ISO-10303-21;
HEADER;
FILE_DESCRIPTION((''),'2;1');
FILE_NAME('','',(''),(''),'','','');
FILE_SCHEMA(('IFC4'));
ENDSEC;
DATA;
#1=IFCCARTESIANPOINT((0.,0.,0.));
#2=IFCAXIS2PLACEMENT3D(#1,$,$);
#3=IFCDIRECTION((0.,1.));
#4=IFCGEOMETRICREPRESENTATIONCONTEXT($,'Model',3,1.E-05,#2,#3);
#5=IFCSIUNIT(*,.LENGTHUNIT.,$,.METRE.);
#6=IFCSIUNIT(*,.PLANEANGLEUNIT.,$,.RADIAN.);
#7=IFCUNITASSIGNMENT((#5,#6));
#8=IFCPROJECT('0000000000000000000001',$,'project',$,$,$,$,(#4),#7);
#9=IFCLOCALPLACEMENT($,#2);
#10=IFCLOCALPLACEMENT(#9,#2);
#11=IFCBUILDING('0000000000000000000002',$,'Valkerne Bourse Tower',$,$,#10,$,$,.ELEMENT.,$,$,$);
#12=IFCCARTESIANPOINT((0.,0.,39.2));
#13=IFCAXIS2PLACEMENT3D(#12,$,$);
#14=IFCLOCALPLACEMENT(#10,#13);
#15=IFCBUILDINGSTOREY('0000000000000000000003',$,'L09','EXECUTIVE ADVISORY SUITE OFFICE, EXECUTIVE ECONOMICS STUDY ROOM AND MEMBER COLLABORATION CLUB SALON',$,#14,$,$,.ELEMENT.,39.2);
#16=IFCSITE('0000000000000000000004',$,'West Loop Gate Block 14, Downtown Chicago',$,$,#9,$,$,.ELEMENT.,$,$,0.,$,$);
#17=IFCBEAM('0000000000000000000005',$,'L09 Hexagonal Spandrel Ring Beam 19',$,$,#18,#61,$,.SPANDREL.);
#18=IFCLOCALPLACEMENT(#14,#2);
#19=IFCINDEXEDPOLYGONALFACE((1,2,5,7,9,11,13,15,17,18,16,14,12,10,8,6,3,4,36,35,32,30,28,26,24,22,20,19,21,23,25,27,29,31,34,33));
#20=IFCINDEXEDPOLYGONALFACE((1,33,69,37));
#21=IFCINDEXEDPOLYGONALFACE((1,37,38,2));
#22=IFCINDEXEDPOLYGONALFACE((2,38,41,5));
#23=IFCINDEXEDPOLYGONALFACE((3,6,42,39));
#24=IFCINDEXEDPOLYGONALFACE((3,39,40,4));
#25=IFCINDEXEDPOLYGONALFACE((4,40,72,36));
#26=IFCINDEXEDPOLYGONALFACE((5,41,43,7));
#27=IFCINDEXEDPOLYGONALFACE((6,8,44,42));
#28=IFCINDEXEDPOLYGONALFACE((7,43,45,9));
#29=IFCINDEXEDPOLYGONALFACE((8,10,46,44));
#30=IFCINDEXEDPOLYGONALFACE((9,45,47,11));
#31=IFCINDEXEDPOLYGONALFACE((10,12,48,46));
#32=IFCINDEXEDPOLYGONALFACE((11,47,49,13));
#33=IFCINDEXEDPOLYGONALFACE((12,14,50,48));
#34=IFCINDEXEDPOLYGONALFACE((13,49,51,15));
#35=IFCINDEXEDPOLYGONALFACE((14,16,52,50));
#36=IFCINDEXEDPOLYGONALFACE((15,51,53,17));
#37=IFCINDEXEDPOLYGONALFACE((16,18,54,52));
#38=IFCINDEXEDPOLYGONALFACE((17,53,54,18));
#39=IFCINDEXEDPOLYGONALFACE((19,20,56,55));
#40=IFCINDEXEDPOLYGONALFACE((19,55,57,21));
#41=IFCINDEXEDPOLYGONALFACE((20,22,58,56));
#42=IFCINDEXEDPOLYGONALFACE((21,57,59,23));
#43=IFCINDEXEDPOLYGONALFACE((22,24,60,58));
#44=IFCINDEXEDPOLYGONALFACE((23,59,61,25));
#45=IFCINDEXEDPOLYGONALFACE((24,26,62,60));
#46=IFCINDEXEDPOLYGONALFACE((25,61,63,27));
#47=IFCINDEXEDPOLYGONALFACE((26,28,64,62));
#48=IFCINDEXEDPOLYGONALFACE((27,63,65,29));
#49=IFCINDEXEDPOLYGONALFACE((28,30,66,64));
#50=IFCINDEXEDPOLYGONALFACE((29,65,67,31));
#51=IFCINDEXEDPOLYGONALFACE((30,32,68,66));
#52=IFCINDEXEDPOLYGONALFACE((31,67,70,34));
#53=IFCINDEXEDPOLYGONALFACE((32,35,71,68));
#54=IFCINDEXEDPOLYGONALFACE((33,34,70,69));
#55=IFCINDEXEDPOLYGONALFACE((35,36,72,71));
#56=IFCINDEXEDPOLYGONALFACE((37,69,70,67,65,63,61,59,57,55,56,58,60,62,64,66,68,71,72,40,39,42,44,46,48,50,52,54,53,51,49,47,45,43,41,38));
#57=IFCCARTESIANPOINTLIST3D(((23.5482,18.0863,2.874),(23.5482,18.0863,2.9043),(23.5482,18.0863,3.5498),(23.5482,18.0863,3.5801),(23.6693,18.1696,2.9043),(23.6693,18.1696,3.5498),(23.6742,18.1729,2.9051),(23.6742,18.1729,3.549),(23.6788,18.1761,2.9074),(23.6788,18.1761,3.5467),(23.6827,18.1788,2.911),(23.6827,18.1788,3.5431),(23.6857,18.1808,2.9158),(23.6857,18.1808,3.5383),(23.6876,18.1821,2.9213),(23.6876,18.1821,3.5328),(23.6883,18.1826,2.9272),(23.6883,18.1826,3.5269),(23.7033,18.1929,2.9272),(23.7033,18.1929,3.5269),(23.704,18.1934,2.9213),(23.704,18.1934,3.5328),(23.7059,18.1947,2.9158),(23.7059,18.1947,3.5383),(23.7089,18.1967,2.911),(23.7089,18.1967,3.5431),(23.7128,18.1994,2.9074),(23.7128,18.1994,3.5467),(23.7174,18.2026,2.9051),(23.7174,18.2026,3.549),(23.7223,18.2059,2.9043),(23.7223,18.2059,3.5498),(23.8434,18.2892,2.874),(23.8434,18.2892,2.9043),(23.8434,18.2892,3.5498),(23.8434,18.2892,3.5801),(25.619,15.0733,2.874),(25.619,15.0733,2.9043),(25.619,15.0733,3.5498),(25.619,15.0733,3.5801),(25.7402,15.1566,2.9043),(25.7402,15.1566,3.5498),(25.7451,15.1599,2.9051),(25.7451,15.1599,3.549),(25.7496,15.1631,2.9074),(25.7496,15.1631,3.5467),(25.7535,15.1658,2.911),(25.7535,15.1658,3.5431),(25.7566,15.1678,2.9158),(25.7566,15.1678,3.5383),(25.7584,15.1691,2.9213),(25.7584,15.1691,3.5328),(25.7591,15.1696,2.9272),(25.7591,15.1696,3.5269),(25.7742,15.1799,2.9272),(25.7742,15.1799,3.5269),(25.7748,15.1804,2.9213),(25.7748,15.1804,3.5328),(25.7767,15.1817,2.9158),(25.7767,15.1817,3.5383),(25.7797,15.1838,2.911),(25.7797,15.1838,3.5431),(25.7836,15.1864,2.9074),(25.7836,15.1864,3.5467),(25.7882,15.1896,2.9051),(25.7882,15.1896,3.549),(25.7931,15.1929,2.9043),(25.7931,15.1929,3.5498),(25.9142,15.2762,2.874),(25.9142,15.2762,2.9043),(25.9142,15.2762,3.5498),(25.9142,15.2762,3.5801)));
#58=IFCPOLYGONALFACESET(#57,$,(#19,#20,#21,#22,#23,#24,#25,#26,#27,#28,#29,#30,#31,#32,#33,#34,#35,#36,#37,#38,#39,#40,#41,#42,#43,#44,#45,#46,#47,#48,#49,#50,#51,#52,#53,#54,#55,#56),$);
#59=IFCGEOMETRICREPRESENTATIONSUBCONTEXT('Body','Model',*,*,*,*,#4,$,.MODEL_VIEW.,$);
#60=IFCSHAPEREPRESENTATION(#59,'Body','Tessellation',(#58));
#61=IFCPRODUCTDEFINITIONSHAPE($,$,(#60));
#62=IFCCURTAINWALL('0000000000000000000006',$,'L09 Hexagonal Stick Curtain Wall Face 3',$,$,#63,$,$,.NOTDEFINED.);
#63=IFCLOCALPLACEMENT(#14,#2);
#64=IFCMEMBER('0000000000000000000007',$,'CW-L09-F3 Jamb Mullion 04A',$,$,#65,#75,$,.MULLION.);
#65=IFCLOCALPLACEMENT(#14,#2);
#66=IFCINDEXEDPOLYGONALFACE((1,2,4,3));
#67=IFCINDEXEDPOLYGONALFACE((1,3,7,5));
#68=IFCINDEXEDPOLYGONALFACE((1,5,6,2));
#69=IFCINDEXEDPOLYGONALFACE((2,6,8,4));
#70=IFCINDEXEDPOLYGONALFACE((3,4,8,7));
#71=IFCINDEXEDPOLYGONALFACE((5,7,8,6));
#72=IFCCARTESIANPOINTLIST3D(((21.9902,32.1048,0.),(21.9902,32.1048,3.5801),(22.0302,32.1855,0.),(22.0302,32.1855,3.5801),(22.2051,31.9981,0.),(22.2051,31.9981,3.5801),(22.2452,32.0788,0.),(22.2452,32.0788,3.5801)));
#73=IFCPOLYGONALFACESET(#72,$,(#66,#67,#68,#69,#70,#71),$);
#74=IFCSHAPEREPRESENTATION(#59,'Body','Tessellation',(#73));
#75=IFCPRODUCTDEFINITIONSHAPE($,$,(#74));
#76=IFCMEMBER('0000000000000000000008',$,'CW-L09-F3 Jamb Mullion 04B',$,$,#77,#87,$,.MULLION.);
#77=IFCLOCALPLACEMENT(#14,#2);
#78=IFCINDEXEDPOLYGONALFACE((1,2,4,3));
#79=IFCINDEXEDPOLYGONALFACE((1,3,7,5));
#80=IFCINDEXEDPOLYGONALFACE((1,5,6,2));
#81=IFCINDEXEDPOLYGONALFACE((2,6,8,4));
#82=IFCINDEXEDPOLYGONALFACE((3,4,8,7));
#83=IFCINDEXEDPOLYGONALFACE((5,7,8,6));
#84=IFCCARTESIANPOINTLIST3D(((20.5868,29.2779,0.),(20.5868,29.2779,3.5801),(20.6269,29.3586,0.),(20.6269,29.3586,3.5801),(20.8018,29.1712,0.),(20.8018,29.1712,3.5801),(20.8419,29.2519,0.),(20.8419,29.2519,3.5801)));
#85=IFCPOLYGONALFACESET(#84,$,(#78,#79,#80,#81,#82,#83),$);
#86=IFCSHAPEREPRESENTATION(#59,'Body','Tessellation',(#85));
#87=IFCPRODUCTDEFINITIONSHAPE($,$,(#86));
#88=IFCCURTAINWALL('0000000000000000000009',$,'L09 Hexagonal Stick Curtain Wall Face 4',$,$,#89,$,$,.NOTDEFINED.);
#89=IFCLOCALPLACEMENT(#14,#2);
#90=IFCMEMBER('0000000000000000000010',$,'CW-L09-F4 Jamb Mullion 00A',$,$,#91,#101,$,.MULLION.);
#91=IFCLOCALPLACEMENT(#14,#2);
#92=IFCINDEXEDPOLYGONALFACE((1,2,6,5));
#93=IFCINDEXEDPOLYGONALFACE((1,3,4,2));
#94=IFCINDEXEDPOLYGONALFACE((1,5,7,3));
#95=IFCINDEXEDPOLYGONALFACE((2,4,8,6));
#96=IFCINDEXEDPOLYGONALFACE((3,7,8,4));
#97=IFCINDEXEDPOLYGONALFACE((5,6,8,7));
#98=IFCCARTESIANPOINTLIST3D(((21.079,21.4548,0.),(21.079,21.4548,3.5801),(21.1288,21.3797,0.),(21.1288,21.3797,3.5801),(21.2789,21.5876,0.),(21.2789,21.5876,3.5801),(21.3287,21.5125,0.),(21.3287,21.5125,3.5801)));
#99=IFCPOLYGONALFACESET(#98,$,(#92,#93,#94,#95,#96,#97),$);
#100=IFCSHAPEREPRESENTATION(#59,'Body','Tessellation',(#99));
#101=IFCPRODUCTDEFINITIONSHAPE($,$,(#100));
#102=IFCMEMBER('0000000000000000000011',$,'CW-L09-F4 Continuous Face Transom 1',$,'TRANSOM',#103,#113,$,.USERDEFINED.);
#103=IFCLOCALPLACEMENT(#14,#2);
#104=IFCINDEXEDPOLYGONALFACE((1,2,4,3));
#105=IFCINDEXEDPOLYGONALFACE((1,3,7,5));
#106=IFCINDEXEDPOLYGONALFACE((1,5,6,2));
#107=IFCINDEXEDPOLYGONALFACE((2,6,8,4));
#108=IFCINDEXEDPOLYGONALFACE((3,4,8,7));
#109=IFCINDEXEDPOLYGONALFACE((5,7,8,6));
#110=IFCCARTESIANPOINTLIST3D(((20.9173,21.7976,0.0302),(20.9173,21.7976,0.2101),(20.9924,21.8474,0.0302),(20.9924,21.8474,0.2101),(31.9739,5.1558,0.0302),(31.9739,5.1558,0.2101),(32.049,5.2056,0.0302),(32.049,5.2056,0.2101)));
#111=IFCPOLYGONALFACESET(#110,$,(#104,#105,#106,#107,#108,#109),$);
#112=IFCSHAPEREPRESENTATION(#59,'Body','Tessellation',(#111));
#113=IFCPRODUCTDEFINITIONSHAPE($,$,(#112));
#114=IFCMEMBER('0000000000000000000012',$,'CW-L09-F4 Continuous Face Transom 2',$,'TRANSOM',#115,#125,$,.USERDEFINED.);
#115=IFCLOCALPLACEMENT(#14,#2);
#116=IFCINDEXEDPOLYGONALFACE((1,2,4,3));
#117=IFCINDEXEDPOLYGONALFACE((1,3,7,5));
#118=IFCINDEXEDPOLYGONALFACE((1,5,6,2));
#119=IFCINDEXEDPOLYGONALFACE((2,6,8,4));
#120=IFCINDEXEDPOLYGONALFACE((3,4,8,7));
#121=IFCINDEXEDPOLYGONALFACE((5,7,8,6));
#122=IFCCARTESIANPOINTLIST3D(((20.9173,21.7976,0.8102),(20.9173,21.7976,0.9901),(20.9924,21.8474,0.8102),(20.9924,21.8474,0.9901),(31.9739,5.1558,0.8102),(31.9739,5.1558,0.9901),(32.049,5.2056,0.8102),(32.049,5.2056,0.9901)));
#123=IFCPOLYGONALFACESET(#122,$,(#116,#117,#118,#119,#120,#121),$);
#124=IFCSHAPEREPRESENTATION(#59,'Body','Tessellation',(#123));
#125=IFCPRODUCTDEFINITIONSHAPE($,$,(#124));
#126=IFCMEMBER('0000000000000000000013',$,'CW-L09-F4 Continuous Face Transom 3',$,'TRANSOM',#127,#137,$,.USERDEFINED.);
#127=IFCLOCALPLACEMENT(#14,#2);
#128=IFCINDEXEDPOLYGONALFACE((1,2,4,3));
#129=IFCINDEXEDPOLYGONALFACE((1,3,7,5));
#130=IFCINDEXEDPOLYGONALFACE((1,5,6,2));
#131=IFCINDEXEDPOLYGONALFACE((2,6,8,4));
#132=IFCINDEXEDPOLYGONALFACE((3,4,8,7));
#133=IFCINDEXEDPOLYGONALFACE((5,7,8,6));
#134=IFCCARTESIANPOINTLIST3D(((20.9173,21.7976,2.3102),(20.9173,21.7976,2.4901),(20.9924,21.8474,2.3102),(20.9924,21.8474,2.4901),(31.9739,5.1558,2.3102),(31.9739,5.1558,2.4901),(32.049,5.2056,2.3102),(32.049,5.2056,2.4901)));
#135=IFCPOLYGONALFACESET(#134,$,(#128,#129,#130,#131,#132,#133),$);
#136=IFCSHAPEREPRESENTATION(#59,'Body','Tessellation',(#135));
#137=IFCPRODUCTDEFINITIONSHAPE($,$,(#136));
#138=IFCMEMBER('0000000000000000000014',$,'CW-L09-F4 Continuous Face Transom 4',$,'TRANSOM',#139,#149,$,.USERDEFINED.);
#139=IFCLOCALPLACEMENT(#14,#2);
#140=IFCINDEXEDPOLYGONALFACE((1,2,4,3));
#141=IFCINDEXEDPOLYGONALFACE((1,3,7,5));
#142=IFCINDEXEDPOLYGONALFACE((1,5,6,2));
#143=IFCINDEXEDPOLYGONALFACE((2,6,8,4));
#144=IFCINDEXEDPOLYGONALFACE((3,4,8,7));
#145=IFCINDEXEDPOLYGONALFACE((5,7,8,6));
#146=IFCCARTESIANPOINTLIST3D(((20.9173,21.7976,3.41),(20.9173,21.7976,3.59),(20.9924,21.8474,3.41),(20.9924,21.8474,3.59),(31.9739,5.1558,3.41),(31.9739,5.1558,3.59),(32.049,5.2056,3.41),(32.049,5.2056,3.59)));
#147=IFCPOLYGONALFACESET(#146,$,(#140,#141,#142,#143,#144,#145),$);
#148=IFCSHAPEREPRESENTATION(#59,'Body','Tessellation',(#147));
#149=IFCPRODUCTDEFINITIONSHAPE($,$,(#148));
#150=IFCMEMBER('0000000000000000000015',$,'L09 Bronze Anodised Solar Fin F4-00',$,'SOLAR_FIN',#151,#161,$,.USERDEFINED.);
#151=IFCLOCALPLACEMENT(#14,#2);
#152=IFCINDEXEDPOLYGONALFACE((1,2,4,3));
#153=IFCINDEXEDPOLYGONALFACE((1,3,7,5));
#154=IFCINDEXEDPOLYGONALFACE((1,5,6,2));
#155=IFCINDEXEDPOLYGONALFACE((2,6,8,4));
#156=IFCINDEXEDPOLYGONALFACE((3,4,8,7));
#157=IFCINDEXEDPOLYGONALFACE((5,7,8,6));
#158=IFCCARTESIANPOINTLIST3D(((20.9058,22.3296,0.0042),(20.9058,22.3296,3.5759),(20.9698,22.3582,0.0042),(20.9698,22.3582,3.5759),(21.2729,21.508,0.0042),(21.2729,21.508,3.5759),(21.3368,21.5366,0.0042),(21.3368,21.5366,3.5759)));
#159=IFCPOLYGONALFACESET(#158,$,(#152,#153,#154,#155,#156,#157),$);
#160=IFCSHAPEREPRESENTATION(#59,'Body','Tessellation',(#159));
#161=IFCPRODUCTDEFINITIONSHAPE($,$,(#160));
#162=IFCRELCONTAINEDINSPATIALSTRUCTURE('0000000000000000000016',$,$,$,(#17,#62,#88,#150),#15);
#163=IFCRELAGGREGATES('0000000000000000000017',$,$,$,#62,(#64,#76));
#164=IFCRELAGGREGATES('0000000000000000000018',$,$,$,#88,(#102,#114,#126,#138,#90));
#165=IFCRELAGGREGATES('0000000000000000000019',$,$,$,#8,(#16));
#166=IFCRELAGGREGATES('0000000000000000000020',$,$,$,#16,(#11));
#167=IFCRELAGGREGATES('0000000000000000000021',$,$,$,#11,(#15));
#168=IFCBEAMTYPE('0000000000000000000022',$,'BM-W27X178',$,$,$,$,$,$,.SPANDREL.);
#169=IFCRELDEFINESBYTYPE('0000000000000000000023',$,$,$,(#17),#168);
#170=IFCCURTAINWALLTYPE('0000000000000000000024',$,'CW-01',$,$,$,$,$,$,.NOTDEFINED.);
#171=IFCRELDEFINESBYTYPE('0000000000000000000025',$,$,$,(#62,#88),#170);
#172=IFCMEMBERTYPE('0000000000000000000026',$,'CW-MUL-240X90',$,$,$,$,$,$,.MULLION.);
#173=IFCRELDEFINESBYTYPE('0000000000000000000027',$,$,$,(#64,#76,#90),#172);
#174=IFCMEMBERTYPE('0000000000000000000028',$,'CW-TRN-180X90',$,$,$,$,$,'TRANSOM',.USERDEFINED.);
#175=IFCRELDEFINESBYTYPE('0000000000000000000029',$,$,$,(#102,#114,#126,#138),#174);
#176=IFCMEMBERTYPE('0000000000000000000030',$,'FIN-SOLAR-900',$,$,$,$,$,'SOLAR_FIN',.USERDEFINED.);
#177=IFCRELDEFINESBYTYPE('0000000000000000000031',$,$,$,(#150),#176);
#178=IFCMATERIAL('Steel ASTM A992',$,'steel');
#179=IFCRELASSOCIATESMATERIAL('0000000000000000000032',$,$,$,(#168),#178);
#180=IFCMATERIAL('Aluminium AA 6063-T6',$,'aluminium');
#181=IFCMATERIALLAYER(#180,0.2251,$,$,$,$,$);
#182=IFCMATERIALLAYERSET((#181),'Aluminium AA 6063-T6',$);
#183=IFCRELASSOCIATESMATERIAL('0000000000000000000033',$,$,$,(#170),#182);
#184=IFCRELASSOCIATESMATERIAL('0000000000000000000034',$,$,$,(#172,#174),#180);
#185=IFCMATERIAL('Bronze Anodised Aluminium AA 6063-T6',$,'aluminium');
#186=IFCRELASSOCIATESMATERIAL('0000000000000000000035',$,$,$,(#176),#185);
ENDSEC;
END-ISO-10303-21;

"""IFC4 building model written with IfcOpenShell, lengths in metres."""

from ifc_helpers import new_model, si_unit, direction, frame, origin, origin_2d, place, context, subcontext, project, spatial, rectangle, i_section, extrude, material, layer, layer_set, material_profile, profile_set, type_object, element, aggregate, save


model = new_model("IFC4")

# Units and contexts
model_context = context("Model", 3, precision=1e-05, world=origin(), true_north=direction((0.0, 1.0)))
body_context = subcontext(model_context, "Body", "Model", "MODEL_VIEW")
ifc_project = project(units=[si_unit("LENGTHUNIT", "METRE"), si_unit("PLANEANGLEUNIT", "RADIAN")], contexts=[model_context])

# Site, building, storey
site_placement = place(None, origin())
site = spatial("IfcSite", under=ifc_project, at=site_placement, Name="West Loop Gate Block 14, Downtown Chicago", CompositionType="ELEMENT", RefElevation=0.0)
building_placement = place(site_placement, origin())
building = spatial("IfcBuilding", under=site, at=building_placement, Name="Valkerne Bourse Tower", CompositionType="ELEMENT")
storey_placement = place(building_placement, frame((0.0, 0.0, 39.2)))
storey = spatial("IfcBuildingStorey", under=building, at=storey_placement, Name="L09", Description="EXECUTIVE ADVISORY SUITE OFFICE, EXECUTIVE ECONOMICS STUDY ROOM AND MEMBER COLLABORATION CLUB SALON", CompositionType="ELEMENT", Elevation=39.2)

# Beam
ifc_material_1 = material(Name="Steel ASTM A992", Category="steel")
ifc_material_profile_1 = material_profile(ifc_material_1, i_section(OverallWidth=0.3582, OverallDepth=0.7061, WebThickness=0.0183, FlangeThickness=0.0303, FilletRadius=0.0229, at=origin_2d()), Name="W27X178")
ifc_profile_set_1 = profile_set([ifc_material_profile_1], Name="Steel ASTM A992")
beam_type_1 = type_object("IfcBeamType", Name="BM-W27X178", PredefinedType="SPANDREL", material=ifc_profile_set_1)
for number, where, z_axis, x_axis, name in (
    (1, (23.6958, 18.1877, 3.2271), (0.566418, -0.824118, 0.0), (0.824118, 0.566418, 0.0), "L09 Hexagonal Spandrel Ring Beam 19"),
):
    element("IfcBeam", number, at=place(storey_placement, frame(where, z_axis=z_axis, x_axis=x_axis)), inside=storey, type_object=beam_type_1, Name=name, PredefinedType="SPANDREL", context=body_context, shape_type="SweptSolid", body=[
        extrude(i_section(OverallWidth=0.3582, OverallDepth=0.7061, WebThickness=0.0183, FlangeThickness=0.0303, FilletRadius=0.0229, at=origin_2d()), origin(), (0.0, 0.0, 1.0), 3.656),
    ])

# Curtain walls, members
ifc_material_2 = material(Name="Aluminium AA 6063-T6", Category="aluminium")
ifc_layer_1 = layer(ifc_material_2, 0.2251)
ifc_layer_set_1 = layer_set([ifc_layer_1], Name="Aluminium AA 6063-T6")
curtain_wall_type = type_object("IfcCurtainWallType", Name="CW-01", PredefinedType="NOTDEFINED", material=ifc_layer_set_1)
curtain_wall_1_placement = place(storey_placement, origin())
curtain_wall_1 = element("IfcCurtainWall", 2, at=curtain_wall_1_placement, inside=storey, type_object=curtain_wall_type, Name="L09 Hexagonal Stick Curtain Wall Face 3", PredefinedType="NOTDEFINED")
ifc_material_profile_2 = material_profile(ifc_material_2, rectangle(XDim=0.0901, YDim=0.24, at=origin_2d()), Name="CWM-90X240")
ifc_profile_set_2 = profile_set([ifc_material_profile_2], Name="Aluminium AA 6063-T6")
member_type_1 = type_object("IfcMemberType", Name="CW-MUL-240X90", PredefinedType="MULLION", material=ifc_profile_set_2)
member_1_placement = place(storey_placement, frame((22.1177, 32.0918, 0.0), z_axis=(0.0, 0.0, 1.0), x_axis=(-0.444619, -0.89572, 0.0)))
member_1 = element("IfcMember", 3, at=member_1_placement, type_object=member_type_1, Name="CW-L09-F3 Jamb Mullion 04A", PredefinedType="MULLION", context=body_context, shape_type="SweptSolid", body=[
    extrude(rectangle(XDim=0.0901, YDim=0.24, at=origin_2d()), origin(), (0.0, 0.0, 1.0), 3.5801),
])
member_2_placement = place(storey_placement, frame((20.7144, 29.2649, 0.0), z_axis=(0.0, 0.0, 1.0), x_axis=(-0.444619, -0.89572, 0.0)))
member_2 = element("IfcMember", 4, at=member_2_placement, type_object=member_type_1, Name="CW-L09-F3 Jamb Mullion 04B", PredefinedType="MULLION", context=body_context, shape_type="SweptSolid", body=[
    extrude(rectangle(XDim=0.0901, YDim=0.24, at=origin_2d()), origin(), (0.0, 0.0, 1.0), 3.5801),
])
curtain_wall_2_placement = place(storey_placement, origin())
curtain_wall_2 = element("IfcCurtainWall", 5, at=curtain_wall_2_placement, inside=storey, type_object=curtain_wall_type, Name="L09 Hexagonal Stick Curtain Wall Face 4", PredefinedType="NOTDEFINED")
member_3_placement = place(storey_placement, frame((21.2039, 21.4836, 0.0), z_axis=(0.0, 0.0, 1.0), x_axis=(0.553377, -0.832931, 0.0)))
member_3 = element("IfcMember", 6, at=member_3_placement, type_object=member_type_1, Name="CW-L09-F4 Jamb Mullion 00A", PredefinedType="MULLION", context=body_context, shape_type="SweptSolid", body=[
    extrude(rectangle(XDim=0.0901, YDim=0.24, at=origin_2d()), origin(), (0.0, 0.0, 1.0), 3.5801),
])
ifc_material_profile_3 = material_profile(ifc_material_2, rectangle(XDim=0.0901, YDim=0.1799, at=origin_2d()), Name="CWT-90X180")
ifc_profile_set_3 = profile_set([ifc_material_profile_3], Name="Aluminium AA 6063-T6")
member_type_2 = type_object("IfcMemberType", Name="CW-TRN-180X90", ElementType="TRANSOM", PredefinedType="USERDEFINED", material=ifc_profile_set_3)
member_4_placement = place(storey_placement, frame((20.9548, 21.8225, 0.1201), z_axis=(0.553385, -0.832925, 0.0), x_axis=(0.832925, 0.553385, 0.0)))
member_4 = element("IfcMember", 7, at=member_4_placement, type_object=member_type_2, Name="CW-L09-F4 Continuous Face Transom 1", ObjectType="TRANSOM", PredefinedType="USERDEFINED", context=body_context, shape_type="SweptSolid", body=[
    extrude(rectangle(XDim=0.0901, YDim=0.1799, at=origin_2d()), origin(), (0.0, 0.0, 1.0), 19.98),
])
member_5_placement = place(storey_placement, frame((20.9548, 21.8225, 0.9001), z_axis=(0.553385, -0.832925, 0.0), x_axis=(0.832925, 0.553385, 0.0)))
member_5 = element("IfcMember", 8, at=member_5_placement, type_object=member_type_2, Name="CW-L09-F4 Continuous Face Transom 2", ObjectType="TRANSOM", PredefinedType="USERDEFINED", context=body_context, shape_type="SweptSolid", body=[
    extrude(rectangle(XDim=0.0901, YDim=0.1799, at=origin_2d()), origin(), (0.0, 0.0, 1.0), 19.98),
])
member_6_placement = place(storey_placement, frame((20.9548, 21.8225, 2.4001), z_axis=(0.553385, -0.832925, 0.0), x_axis=(0.832925, 0.553385, 0.0)))
member_6 = element("IfcMember", 9, at=member_6_placement, type_object=member_type_2, Name="CW-L09-F4 Continuous Face Transom 3", ObjectType="TRANSOM", PredefinedType="USERDEFINED", context=body_context, shape_type="SweptSolid", body=[
    extrude(rectangle(XDim=0.0901, YDim=0.1799, at=origin_2d()), origin(), (0.0, 0.0, 1.0), 19.98),
])
member_7_placement = place(storey_placement, frame((20.9548, 21.8225, 3.5), z_axis=(0.553385, -0.832925, 0.0), x_axis=(0.832925, 0.553385, 0.0)))
member_7 = element("IfcMember", 10, at=member_7_placement, type_object=member_type_2, Name="CW-L09-F4 Continuous Face Transom 4", ObjectType="TRANSOM", PredefinedType="USERDEFINED", context=body_context, shape_type="SweptSolid", body=[
    extrude(rectangle(XDim=0.0901, YDim=0.1799, at=origin_2d()), origin(), (0.0, 0.0, 1.0), 19.98),
])

# Member
ifc_material_3 = material(Name="Bronze Anodised Aluminium AA 6063-T6", Category="aluminium")
ifc_material_profile_4 = material_profile(ifc_material_3, rectangle(XDim=0.0701, YDim=0.8999, at=origin_2d()), Name="FIN-70X900")
ifc_profile_set_4 = profile_set([ifc_material_profile_4], Name="Bronze Anodised Aluminium AA 6063-T6")
member_type_3 = type_object("IfcMemberType", Name="FIN-SOLAR-900", ElementType="SOLAR_FIN", PredefinedType="USERDEFINED", material=ifc_profile_set_4)
member_8_placement = place(storey_placement, frame((21.1213, 21.9331, 0.0042), z_axis=(0.0, 0.0, 1.0), x_axis=(-0.913057, -0.407832, 0.0)))
element("IfcMember", 11, at=member_8_placement, inside=storey, type_object=member_type_3, Name="L09 Bronze Anodised Solar Fin F4-00", ObjectType="SOLAR_FIN", PredefinedType="USERDEFINED", context=body_context, shape_type="SweptSolid", body=[
    extrude(rectangle(XDim=0.0701, YDim=0.8999, at=origin_2d()), origin(), (0.0, 0.0, 1.0), 3.5718),
])

aggregate(curtain_wall_1, [member_1, member_2])
aggregate(curtain_wall_2, [member_4, member_5, member_6, member_7, member_3])

save(model, "model.ifc")
